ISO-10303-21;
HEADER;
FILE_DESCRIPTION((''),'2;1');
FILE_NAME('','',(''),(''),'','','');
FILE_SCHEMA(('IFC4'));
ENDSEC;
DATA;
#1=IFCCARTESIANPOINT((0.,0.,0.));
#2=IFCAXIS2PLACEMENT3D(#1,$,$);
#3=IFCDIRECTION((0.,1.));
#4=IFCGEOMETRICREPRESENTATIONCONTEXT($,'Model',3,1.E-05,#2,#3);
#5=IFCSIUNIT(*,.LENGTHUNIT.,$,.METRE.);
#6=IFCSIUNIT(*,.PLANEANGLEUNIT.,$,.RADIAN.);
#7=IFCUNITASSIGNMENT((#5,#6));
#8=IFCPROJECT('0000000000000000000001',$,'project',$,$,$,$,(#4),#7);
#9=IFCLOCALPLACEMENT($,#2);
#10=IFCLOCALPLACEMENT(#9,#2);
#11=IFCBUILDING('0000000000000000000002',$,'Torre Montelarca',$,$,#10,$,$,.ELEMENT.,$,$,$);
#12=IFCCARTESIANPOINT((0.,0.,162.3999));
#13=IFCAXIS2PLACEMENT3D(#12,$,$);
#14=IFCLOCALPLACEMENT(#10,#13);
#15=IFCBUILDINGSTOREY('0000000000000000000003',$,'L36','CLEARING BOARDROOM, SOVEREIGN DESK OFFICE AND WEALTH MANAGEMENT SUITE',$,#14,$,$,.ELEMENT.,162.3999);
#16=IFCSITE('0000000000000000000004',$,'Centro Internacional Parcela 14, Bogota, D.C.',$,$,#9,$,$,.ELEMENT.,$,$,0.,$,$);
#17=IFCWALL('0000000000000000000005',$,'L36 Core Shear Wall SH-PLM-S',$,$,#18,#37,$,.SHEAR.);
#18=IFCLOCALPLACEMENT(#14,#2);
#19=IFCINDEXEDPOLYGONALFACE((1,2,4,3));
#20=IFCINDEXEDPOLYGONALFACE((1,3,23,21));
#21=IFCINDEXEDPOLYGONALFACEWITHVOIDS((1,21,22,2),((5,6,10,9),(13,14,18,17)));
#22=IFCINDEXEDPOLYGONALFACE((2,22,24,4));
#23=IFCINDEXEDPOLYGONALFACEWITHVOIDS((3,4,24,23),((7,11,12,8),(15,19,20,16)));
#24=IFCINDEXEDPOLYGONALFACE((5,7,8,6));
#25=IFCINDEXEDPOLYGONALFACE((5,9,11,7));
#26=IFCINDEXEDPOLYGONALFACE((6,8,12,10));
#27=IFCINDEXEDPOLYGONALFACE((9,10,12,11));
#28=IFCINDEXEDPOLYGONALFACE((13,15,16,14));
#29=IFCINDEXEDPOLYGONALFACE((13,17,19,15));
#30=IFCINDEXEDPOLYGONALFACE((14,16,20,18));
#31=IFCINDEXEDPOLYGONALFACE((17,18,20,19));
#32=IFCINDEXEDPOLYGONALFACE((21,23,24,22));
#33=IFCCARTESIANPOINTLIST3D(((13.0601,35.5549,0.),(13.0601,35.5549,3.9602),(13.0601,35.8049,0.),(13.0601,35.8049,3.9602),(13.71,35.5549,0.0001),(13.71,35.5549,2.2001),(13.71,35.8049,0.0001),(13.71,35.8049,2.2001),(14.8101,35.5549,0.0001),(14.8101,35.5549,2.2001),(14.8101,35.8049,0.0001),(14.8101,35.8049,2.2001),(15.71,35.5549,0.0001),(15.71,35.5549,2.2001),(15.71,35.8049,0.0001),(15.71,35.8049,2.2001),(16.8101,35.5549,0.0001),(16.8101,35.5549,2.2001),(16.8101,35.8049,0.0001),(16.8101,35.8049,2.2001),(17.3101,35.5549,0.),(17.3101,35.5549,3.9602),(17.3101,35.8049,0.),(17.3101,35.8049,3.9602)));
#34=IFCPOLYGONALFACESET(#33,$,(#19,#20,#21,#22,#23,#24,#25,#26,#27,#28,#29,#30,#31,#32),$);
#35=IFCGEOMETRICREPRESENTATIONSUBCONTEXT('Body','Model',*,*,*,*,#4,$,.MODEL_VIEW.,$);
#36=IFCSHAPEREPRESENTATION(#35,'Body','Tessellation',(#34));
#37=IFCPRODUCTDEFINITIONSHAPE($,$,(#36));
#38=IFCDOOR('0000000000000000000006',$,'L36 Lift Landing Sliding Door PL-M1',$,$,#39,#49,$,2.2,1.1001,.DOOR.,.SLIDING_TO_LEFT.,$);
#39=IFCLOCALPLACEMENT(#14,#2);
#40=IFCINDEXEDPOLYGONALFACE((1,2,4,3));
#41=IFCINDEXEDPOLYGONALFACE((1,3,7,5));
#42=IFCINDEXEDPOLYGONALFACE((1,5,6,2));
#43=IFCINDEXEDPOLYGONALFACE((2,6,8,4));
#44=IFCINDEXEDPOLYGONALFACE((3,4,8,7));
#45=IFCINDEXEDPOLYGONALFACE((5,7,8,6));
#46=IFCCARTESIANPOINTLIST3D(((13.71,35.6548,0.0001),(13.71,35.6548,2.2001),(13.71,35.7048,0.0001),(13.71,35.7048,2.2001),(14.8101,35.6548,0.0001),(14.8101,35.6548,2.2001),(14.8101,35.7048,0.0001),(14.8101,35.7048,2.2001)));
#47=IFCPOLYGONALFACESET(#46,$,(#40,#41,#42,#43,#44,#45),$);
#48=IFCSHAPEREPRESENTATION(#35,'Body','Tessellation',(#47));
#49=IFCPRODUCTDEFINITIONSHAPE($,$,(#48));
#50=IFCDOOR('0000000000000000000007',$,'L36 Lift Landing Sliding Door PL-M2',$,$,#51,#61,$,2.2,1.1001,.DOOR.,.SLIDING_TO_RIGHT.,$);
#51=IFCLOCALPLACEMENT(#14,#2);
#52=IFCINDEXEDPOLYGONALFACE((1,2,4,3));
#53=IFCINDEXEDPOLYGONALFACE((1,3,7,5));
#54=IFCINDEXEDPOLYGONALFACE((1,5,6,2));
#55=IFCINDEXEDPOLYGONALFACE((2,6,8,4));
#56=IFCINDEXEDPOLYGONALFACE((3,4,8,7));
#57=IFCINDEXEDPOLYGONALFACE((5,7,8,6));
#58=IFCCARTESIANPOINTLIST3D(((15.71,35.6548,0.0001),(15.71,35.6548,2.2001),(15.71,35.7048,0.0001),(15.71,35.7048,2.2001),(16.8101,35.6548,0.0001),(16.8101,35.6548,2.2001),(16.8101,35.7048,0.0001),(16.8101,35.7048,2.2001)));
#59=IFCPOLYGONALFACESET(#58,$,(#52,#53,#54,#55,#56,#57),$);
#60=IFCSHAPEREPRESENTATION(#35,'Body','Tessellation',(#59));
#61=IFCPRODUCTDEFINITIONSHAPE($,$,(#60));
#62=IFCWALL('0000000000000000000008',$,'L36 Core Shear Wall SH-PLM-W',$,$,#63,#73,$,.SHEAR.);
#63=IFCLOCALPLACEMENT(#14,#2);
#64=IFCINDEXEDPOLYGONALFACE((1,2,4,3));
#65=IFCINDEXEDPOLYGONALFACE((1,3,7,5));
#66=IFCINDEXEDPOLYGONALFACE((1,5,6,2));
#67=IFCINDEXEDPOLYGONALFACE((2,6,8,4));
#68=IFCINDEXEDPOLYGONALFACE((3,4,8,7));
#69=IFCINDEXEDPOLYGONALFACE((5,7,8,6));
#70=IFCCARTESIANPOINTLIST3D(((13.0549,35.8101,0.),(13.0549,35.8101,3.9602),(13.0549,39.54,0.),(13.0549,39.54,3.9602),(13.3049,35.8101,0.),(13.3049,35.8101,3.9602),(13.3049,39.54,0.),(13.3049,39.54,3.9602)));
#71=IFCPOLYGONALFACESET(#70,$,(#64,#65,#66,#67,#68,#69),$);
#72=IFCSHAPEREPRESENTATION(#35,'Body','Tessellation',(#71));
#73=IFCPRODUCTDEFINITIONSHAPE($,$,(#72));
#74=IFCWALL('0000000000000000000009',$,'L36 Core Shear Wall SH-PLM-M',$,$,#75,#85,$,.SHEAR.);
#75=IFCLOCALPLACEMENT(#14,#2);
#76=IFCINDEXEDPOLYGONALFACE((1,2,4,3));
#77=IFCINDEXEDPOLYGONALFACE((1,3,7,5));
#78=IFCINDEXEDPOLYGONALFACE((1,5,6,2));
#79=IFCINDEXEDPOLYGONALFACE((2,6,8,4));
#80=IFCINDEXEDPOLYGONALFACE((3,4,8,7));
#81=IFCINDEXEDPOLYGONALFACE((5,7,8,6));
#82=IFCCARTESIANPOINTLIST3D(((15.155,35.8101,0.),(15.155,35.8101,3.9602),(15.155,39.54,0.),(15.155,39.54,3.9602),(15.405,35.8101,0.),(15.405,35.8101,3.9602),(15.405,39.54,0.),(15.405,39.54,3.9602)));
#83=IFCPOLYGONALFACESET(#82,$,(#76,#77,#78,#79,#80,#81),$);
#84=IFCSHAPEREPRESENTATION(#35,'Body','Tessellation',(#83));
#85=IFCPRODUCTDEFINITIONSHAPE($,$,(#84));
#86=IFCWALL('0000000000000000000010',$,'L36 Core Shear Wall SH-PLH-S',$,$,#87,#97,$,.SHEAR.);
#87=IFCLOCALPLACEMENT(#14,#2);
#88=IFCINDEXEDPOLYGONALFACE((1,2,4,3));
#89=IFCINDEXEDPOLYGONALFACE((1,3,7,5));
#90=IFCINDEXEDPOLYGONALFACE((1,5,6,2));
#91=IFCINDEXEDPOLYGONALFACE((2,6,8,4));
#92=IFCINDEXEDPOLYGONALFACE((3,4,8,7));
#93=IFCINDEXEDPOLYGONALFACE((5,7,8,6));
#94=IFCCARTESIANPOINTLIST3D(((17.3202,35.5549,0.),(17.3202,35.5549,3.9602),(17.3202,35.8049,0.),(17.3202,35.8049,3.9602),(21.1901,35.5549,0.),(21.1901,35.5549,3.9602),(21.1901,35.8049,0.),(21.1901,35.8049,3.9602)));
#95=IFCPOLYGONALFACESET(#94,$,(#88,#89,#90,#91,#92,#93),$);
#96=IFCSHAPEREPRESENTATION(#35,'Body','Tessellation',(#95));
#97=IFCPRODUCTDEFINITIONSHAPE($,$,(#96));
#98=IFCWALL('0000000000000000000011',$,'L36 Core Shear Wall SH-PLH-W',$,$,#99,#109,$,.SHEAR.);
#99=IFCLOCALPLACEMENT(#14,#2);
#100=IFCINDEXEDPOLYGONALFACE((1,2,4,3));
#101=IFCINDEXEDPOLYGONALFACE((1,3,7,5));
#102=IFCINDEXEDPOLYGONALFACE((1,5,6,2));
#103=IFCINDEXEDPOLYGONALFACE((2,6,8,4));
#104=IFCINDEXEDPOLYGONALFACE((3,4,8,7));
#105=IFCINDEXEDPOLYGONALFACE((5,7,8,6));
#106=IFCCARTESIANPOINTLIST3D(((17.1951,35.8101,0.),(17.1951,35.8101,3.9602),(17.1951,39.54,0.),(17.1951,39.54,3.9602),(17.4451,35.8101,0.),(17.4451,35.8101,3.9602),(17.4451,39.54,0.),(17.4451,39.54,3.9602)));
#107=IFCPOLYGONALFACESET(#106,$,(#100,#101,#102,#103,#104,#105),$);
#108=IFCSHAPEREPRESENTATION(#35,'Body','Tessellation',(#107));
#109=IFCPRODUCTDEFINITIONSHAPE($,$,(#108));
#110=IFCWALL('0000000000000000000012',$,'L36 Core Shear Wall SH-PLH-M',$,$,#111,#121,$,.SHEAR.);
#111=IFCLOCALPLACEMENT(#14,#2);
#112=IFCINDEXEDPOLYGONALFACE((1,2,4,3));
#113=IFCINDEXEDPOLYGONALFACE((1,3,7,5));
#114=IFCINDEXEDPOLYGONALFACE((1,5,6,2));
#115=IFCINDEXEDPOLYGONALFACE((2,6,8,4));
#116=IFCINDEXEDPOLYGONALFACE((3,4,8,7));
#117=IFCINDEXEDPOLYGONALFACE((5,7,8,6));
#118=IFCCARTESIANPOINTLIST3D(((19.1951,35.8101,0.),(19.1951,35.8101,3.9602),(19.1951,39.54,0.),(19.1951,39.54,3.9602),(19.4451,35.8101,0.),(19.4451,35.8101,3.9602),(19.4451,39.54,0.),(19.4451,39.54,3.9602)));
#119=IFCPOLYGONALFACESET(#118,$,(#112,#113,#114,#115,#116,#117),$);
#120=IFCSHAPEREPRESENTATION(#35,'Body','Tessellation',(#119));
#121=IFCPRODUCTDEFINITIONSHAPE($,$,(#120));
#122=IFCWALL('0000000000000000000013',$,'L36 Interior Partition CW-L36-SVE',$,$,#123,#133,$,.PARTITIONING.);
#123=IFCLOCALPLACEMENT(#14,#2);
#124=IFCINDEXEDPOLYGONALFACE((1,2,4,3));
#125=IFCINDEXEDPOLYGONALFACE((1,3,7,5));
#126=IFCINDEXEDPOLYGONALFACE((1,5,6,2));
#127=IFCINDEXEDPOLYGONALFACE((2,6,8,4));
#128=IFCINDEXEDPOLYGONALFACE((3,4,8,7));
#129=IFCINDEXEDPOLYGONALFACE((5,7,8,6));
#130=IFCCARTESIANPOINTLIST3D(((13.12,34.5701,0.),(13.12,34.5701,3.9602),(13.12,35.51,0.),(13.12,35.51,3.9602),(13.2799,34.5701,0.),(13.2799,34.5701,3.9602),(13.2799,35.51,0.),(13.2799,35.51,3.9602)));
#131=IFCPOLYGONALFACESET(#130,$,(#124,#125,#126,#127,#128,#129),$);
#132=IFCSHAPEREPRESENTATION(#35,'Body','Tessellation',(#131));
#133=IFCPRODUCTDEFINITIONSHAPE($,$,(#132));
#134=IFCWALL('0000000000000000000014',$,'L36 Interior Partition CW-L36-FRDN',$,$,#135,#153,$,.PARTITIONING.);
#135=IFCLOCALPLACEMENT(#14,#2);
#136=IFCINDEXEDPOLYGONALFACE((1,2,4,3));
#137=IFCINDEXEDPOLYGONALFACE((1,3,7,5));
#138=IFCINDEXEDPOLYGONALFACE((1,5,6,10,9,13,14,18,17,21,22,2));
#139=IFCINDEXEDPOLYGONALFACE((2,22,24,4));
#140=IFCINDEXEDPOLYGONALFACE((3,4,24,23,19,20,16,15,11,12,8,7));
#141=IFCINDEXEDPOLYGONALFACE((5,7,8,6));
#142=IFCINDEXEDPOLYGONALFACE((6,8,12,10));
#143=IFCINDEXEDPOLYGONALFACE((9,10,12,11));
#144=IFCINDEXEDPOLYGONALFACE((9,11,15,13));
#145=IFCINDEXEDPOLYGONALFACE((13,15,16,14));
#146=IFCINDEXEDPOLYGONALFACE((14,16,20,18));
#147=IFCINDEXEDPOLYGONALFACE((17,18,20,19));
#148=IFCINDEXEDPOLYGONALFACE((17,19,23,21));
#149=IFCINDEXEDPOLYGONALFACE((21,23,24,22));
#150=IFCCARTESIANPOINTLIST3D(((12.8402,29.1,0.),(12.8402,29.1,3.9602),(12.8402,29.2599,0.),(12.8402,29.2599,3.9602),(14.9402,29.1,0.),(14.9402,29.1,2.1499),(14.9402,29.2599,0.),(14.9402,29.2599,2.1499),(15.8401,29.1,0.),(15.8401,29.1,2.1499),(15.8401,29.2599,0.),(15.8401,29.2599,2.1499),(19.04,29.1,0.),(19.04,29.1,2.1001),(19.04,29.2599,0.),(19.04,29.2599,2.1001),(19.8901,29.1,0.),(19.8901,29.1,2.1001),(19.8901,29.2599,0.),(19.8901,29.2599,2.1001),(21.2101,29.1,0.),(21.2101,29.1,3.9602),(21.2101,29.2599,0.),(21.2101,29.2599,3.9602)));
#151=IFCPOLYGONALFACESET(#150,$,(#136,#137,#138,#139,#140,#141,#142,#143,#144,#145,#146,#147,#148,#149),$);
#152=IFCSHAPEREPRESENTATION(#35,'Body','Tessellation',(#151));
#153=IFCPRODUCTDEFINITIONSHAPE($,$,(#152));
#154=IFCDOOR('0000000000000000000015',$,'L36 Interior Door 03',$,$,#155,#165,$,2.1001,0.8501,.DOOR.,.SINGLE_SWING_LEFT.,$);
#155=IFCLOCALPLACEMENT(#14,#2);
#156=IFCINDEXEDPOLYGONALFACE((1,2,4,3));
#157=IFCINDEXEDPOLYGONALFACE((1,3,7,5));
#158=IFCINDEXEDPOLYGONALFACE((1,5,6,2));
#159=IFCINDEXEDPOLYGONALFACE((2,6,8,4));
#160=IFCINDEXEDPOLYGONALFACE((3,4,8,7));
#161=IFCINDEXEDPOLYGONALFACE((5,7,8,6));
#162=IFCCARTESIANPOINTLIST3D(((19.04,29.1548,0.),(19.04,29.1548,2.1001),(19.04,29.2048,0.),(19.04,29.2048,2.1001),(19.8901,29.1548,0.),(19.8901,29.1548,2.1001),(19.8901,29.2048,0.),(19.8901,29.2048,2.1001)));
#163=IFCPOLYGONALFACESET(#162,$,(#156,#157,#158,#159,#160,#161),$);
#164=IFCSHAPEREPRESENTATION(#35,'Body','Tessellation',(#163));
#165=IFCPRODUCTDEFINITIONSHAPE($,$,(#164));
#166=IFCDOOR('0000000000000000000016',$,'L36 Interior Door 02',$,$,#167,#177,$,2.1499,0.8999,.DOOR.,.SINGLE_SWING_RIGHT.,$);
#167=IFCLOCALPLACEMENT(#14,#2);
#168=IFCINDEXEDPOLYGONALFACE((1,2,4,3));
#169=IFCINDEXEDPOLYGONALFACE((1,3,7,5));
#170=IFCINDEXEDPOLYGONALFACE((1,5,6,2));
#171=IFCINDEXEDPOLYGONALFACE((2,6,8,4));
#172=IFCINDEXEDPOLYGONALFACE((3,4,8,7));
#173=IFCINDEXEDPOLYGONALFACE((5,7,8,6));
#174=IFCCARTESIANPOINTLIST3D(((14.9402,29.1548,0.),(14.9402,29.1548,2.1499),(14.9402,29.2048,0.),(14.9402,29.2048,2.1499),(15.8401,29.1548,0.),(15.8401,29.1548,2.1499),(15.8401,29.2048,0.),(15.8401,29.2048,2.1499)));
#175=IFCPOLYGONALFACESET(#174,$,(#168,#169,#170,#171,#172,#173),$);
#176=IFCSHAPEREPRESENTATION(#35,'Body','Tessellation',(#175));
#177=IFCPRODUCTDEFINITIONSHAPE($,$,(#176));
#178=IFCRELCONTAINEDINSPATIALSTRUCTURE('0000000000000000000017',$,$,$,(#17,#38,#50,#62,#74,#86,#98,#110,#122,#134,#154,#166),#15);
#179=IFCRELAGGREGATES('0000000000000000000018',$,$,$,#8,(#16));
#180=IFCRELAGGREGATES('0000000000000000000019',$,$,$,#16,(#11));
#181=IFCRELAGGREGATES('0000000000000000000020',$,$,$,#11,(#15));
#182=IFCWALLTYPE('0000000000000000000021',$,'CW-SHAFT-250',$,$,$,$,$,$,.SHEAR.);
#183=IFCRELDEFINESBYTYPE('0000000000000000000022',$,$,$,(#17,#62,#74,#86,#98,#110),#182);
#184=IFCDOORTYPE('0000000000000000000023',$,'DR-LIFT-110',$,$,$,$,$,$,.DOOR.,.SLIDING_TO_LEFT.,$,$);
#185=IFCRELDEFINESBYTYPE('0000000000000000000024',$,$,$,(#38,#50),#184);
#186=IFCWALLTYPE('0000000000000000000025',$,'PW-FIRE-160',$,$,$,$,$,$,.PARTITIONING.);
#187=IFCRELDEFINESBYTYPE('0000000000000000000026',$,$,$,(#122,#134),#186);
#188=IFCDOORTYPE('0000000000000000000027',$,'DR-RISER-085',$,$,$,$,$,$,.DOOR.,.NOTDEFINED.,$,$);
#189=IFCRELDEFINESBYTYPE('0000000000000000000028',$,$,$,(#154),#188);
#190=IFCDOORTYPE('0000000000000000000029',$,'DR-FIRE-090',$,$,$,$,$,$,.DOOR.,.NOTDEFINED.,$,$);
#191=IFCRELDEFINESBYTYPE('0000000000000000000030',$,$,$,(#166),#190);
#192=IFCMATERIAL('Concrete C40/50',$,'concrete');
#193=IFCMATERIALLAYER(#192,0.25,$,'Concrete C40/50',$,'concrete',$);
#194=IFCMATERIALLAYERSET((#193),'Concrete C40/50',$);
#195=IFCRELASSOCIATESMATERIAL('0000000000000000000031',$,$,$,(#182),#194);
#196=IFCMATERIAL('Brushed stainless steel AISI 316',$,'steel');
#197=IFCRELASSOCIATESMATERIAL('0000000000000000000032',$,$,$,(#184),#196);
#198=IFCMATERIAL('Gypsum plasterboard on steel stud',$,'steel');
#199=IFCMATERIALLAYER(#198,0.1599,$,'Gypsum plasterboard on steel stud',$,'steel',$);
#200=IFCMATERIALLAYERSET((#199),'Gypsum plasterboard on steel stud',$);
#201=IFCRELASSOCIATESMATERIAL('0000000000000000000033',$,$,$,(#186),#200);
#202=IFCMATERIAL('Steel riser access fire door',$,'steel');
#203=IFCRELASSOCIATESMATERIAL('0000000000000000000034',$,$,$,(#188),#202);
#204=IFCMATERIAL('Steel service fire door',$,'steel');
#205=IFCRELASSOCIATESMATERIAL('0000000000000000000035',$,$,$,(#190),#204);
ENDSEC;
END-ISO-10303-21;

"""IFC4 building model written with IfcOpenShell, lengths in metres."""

from ifc_helpers import new_model, si_unit, direction, frame, frame_2d, origin, place, context, subcontext, project, spatial, rectangle, extrude, source, transform, mapped, material, layer, layer_set, type_object, element, fill, save


model = new_model("IFC4")

# Units and contexts
model_context = context("Model", 3, precision=1e-05, world=origin(), true_north=direction((0.0, 1.0)))
body_context = subcontext(model_context, "Body", "Model", "MODEL_VIEW")
ifc_project = project(units=[si_unit("LENGTHUNIT", "METRE"), si_unit("PLANEANGLEUNIT", "RADIAN")], contexts=[model_context])

# Site, building, storey
site_placement = place(None, origin())
site = spatial("IfcSite", under=ifc_project, at=site_placement, Name="Centro Internacional Parcela 14, Bogota, D.C.", CompositionType="ELEMENT", RefElevation=0.0)
building_placement = place(site_placement, origin())
building = spatial("IfcBuilding", under=site, at=building_placement, Name="Torre Montelarca", CompositionType="ELEMENT")
storey_placement = place(building_placement, frame((0.0, 0.0, 162.3999)))
storey = spatial("IfcBuildingStorey", under=building, at=storey_placement, Name="L36", Description="CLEARING BOARDROOM, SOVEREIGN DESK OFFICE AND WEALTH MANAGEMENT SUITE", CompositionType="ELEMENT", Elevation=162.3999)

# Shared definitions
ifc_material_1 = material(Name="Concrete C40/50", Category="concrete")
ifc_layer_1 = layer(ifc_material_1, 0.25, Name="Concrete C40/50", Category="concrete")
ifc_layer_set_1 = layer_set([ifc_layer_1], Name="Concrete C40/50")
wall_type_1 = type_object("IfcWallType", Name="CW-SHAFT-250", PredefinedType="SHEAR", material=ifc_layer_set_1)

# Wall, openings, doors
ifc_material_2 = material(Name="Brushed stainless steel AISI 316", Category="steel")
wall_1_placement = place(storey_placement, frame((13.0601, 35.6799, 0.0), z_axis=(0.0, 0.0, 1.0), x_axis=(1.0, 0.0, 0.0)))
wall_1 = element("IfcWall", 1, at=wall_1_placement, inside=storey, type_object=wall_type_1, Name="L36 Core Shear Wall SH-PLM-S", PredefinedType="SHEAR", context=body_context, shape_type="SweptSolid", body=[
    extrude(rectangle(XDim=4.25, YDim=0.25, at=frame_2d((2.125, 0.0))), origin(), (0.0, 0.0, 1.0), 3.9602),
])
opening_1_placement = place(wall_1_placement, frame((0.6499, 0.0, 0.0)))
opening_1 = element("IfcOpeningElement", 2, at=opening_1_placement, cuts=wall_1, PredefinedType="OPENING", context=body_context, shape_type="SweptSolid", body=[
    extrude(rectangle(XDim=1.1001, YDim=2.2, at=frame_2d((0.55, 1.1001))), frame((0.0, 0.135, 0.0), z_axis=(0.0, -1.0, 0.0), x_axis=(1.0, 0.0, 0.0)), (0.0, 0.0, 1.0), 0.27),
])
opening_2_placement = place(wall_1_placement, frame((2.6499, 0.0, 0.0)))
opening_2 = element("IfcOpeningElement", 3, at=opening_2_placement, cuts=wall_1, PredefinedType="OPENING", context=body_context, shape_type="SweptSolid", body=[
    extrude(rectangle(XDim=1.1001, YDim=2.2, at=frame_2d((0.55, 1.1001))), frame((0.0, 0.135, 0.0), z_axis=(0.0, -1.0, 0.0), x_axis=(1.0, 0.0, 0.0)), (0.0, 0.0, 1.0), 0.27),
])
door_type_1 = type_object("IfcDoorType", Name="DR-LIFT-110", OperationType="SLIDING_TO_LEFT", PredefinedType="DOOR", material=ifc_material_2)
shared_shape_1 = source(origin(), body_context, "Body", "SweptSolid", [
    extrude(rectangle(XDim=1.1001, YDim=2.2, at=frame_2d((0.55, 1.1001))), frame((0.0, 0.0249, 0.0), z_axis=(0.0, -1.0, 0.0), x_axis=(1.0, 0.0, 0.0)), (0.0, 0.0, 1.0), 0.05),
])
door_1_placement = place(opening_1_placement, origin())
door_1 = element("IfcDoor", 4, at=door_1_placement, inside=storey, type_object=door_type_1, Name="L36 Lift Landing Sliding Door PL-M1", OperationType="SLIDING_TO_LEFT", OverallHeight=2.2, OverallWidth=1.1001, PredefinedType="DOOR", context=body_context, shape_type="MappedRepresentation", body=[
    mapped(shared_shape_1, transform((0.0, 0.0, 0.0), scale=1.0)),
])
fill(opening_1, door_1)
door_2_placement = place(opening_2_placement, origin())
door_2 = element("IfcDoor", 5, at=door_2_placement, inside=storey, type_object=door_type_1, Name="L36 Lift Landing Sliding Door PL-M2", OperationType="SLIDING_TO_RIGHT", OverallHeight=2.2, OverallWidth=1.1001, PredefinedType="DOOR", context=body_context, shape_type="MappedRepresentation", body=[
    mapped(shared_shape_1, transform((0.0, 0.0, 0.0), scale=1.0)),
])
fill(opening_2, door_2)

# Walls
for number, where, z_axis, x_axis, name in (
    (6, (13.1799, 35.8101, 0.0), (0.0, 0.0, 1.0), (0.0, 1.0, 0.0), "L36 Core Shear Wall SH-PLM-W"),
    (7, (15.28, 35.8101, 0.0), (0.0, 0.0, 1.0), (0.0, 1.0, 0.0), "L36 Core Shear Wall SH-PLM-M"),
):
    element("IfcWall", number, at=place(storey_placement, frame(where, z_axis=z_axis, x_axis=x_axis)), inside=storey, type_object=wall_type_1, Name=name, PredefinedType="SHEAR", context=body_context, shape_type="SweptSolid", body=[
        extrude(rectangle(XDim=3.73, YDim=0.25, at=frame_2d((1.865, 0.0))), origin(), (0.0, 0.0, 1.0), 3.9602),
    ])
wall_2_placement = place(storey_placement, frame((17.3201, 35.6799, 0.0), z_axis=(0.0, 0.0, 1.0), x_axis=(1.0, 0.0, 0.0)))
element("IfcWall", 8, at=wall_2_placement, inside=storey, type_object=wall_type_1, Name="L36 Core Shear Wall SH-PLH-S", PredefinedType="SHEAR", context=body_context, shape_type="SweptSolid", body=[
    extrude(rectangle(XDim=3.8699, YDim=0.25, at=frame_2d((1.9351, 0.0))), origin(), (0.0, 0.0, 1.0), 3.9602),
])
for number, where, z_axis, x_axis, name in (
    (9, (17.3201, 35.8101, 0.0), (0.0, 0.0, 1.0), (0.0, 1.0, 0.0), "L36 Core Shear Wall SH-PLH-W"),
    (10, (19.3201, 35.8101, 0.0), (0.0, 0.0, 1.0), (0.0, 1.0, 0.0), "L36 Core Shear Wall SH-PLH-M"),
):
    element("IfcWall", number, at=place(storey_placement, frame(where, z_axis=z_axis, x_axis=x_axis)), inside=storey, type_object=wall_type_1, Name=name, PredefinedType="SHEAR", context=body_context, shape_type="SweptSolid", body=[
        extrude(rectangle(XDim=3.73, YDim=0.25, at=frame_2d((1.865, 0.0))), origin(), (0.0, 0.0, 1.0), 3.9602),
    ])
ifc_material_3 = material(Name="Gypsum plasterboard on steel stud", Category="steel")
ifc_layer_2 = layer(ifc_material_3, 0.1599, Name="Gypsum plasterboard on steel stud", Category="steel")
ifc_layer_set_2 = layer_set([ifc_layer_2], Name="Gypsum plasterboard on steel stud")
wall_type_2 = type_object("IfcWallType", Name="PW-FIRE-160", PredefinedType="PARTITIONING", material=ifc_layer_set_2)
wall_3_placement = place(storey_placement, frame((13.2, 34.5701, 0.0), z_axis=(0.0, 0.0, 1.0), x_axis=(0.0, 1.0, 0.0)))
element("IfcWall", 11, at=wall_3_placement, inside=storey, type_object=wall_type_2, Name="L36 Interior Partition CW-L36-SVE", PredefinedType="PARTITIONING", context=body_context, shape_type="SweptSolid", body=[
    extrude(rectangle(XDim=0.9399, YDim=0.1599, at=frame_2d((0.47, 0.0))), origin(), (0.0, 0.0, 1.0), 3.9602),
])

# Wall, openings, doors
wall_4_placement = place(storey_placement, frame((12.8401, 29.1799, 0.0), z_axis=(0.0, 0.0, 1.0), x_axis=(1.0, 0.0, 0.0)))
wall_4 = element("IfcWall", 12, at=wall_4_placement, inside=storey, type_object=wall_type_2, Name="L36 Interior Partition CW-L36-FRDN", PredefinedType="PARTITIONING", context=body_context, shape_type="SweptSolid", body=[
    extrude(rectangle(XDim=8.3699, YDim=0.1599, at=frame_2d((4.1851, 0.0))), origin(), (0.0, 0.0, 1.0), 3.9602),
])
opening_3_placement = place(wall_4_placement, frame((2.1001, 0.0, 0.0)))
opening_3 = element("IfcOpeningElement", 13, at=opening_3_placement, cuts=wall_4, PredefinedType="OPENING", context=body_context, shape_type="SweptSolid", body=[
    extrude(rectangle(XDim=0.8999, YDim=2.1499, at=frame_2d((0.45, 1.075))), frame((0.0, 0.0898, 0.0), z_axis=(0.0, -1.0, 0.0), x_axis=(1.0, 0.0, 0.0)), (0.0, 0.0, 1.0), 0.1799),
])
opening_4_placement = place(wall_4_placement, frame((6.2, 0.0, 0.0)))
opening_4 = element("IfcOpeningElement", 14, at=opening_4_placement, cuts=wall_4, PredefinedType="OPENING", context=body_context, shape_type="SweptSolid", body=[
    extrude(rectangle(XDim=0.8501, YDim=2.1001, at=frame_2d((0.425, 1.05))), frame((0.0, 0.0898, 0.0), z_axis=(0.0, -1.0, 0.0), x_axis=(1.0, 0.0, 0.0)), (0.0, 0.0, 1.0), 0.1799),
])
ifc_material_4 = material(Name="Steel riser access fire door", Category="steel")
door_type_2 = type_object("IfcDoorType", Name="DR-RISER-085", OperationType="NOTDEFINED", PredefinedType="DOOR", material=ifc_material_4)
shared_shape_2 = source(origin(), body_context, "Body", "SweptSolid", [
    extrude(rectangle(XDim=0.8501, YDim=2.1001, at=frame_2d((0.425, 1.05))), frame((0.0, 0.0249, 0.0), z_axis=(0.0, -1.0, 0.0), x_axis=(1.0, 0.0, 0.0)), (0.0, 0.0, 1.0), 0.05),
])
door_3_placement = place(opening_4_placement, origin())
door_3 = element("IfcDoor", 15, at=door_3_placement, inside=storey, type_object=door_type_2, Name="L36 Interior Door 03", OperationType="SINGLE_SWING_LEFT", OverallHeight=2.1001, OverallWidth=0.8501, PredefinedType="DOOR", context=body_context, shape_type="MappedRepresentation", body=[
    mapped(shared_shape_2, transform((0.0, 0.0, 0.0), scale=1.0)),
])
fill(opening_4, door_3)
ifc_material_5 = material(Name="Steel service fire door", Category="steel")
door_type_3 = type_object("IfcDoorType", Name="DR-FIRE-090", OperationType="NOTDEFINED", PredefinedType="DOOR", material=ifc_material_5)
shared_shape_3 = source(origin(), body_context, "Body", "SweptSolid", [
    extrude(rectangle(XDim=0.8999, YDim=2.1499, at=frame_2d((0.45, 1.075))), frame((0.0, 0.0249, 0.0), z_axis=(0.0, -1.0, 0.0), x_axis=(1.0, 0.0, 0.0)), (0.0, 0.0, 1.0), 0.05),
])
door_4_placement = place(opening_3_placement, origin())
door_4 = element("IfcDoor", 16, at=door_4_placement, inside=storey, type_object=door_type_3, Name="L36 Interior Door 02", OperationType="SINGLE_SWING_RIGHT", OverallHeight=2.1499, OverallWidth=0.8999, PredefinedType="DOOR", context=body_context, shape_type="MappedRepresentation", body=[
    mapped(shared_shape_3, transform((0.0, 0.0, 0.0), scale=1.0)),
])
fill(opening_3, door_4)

save(model, "model.ifc")
